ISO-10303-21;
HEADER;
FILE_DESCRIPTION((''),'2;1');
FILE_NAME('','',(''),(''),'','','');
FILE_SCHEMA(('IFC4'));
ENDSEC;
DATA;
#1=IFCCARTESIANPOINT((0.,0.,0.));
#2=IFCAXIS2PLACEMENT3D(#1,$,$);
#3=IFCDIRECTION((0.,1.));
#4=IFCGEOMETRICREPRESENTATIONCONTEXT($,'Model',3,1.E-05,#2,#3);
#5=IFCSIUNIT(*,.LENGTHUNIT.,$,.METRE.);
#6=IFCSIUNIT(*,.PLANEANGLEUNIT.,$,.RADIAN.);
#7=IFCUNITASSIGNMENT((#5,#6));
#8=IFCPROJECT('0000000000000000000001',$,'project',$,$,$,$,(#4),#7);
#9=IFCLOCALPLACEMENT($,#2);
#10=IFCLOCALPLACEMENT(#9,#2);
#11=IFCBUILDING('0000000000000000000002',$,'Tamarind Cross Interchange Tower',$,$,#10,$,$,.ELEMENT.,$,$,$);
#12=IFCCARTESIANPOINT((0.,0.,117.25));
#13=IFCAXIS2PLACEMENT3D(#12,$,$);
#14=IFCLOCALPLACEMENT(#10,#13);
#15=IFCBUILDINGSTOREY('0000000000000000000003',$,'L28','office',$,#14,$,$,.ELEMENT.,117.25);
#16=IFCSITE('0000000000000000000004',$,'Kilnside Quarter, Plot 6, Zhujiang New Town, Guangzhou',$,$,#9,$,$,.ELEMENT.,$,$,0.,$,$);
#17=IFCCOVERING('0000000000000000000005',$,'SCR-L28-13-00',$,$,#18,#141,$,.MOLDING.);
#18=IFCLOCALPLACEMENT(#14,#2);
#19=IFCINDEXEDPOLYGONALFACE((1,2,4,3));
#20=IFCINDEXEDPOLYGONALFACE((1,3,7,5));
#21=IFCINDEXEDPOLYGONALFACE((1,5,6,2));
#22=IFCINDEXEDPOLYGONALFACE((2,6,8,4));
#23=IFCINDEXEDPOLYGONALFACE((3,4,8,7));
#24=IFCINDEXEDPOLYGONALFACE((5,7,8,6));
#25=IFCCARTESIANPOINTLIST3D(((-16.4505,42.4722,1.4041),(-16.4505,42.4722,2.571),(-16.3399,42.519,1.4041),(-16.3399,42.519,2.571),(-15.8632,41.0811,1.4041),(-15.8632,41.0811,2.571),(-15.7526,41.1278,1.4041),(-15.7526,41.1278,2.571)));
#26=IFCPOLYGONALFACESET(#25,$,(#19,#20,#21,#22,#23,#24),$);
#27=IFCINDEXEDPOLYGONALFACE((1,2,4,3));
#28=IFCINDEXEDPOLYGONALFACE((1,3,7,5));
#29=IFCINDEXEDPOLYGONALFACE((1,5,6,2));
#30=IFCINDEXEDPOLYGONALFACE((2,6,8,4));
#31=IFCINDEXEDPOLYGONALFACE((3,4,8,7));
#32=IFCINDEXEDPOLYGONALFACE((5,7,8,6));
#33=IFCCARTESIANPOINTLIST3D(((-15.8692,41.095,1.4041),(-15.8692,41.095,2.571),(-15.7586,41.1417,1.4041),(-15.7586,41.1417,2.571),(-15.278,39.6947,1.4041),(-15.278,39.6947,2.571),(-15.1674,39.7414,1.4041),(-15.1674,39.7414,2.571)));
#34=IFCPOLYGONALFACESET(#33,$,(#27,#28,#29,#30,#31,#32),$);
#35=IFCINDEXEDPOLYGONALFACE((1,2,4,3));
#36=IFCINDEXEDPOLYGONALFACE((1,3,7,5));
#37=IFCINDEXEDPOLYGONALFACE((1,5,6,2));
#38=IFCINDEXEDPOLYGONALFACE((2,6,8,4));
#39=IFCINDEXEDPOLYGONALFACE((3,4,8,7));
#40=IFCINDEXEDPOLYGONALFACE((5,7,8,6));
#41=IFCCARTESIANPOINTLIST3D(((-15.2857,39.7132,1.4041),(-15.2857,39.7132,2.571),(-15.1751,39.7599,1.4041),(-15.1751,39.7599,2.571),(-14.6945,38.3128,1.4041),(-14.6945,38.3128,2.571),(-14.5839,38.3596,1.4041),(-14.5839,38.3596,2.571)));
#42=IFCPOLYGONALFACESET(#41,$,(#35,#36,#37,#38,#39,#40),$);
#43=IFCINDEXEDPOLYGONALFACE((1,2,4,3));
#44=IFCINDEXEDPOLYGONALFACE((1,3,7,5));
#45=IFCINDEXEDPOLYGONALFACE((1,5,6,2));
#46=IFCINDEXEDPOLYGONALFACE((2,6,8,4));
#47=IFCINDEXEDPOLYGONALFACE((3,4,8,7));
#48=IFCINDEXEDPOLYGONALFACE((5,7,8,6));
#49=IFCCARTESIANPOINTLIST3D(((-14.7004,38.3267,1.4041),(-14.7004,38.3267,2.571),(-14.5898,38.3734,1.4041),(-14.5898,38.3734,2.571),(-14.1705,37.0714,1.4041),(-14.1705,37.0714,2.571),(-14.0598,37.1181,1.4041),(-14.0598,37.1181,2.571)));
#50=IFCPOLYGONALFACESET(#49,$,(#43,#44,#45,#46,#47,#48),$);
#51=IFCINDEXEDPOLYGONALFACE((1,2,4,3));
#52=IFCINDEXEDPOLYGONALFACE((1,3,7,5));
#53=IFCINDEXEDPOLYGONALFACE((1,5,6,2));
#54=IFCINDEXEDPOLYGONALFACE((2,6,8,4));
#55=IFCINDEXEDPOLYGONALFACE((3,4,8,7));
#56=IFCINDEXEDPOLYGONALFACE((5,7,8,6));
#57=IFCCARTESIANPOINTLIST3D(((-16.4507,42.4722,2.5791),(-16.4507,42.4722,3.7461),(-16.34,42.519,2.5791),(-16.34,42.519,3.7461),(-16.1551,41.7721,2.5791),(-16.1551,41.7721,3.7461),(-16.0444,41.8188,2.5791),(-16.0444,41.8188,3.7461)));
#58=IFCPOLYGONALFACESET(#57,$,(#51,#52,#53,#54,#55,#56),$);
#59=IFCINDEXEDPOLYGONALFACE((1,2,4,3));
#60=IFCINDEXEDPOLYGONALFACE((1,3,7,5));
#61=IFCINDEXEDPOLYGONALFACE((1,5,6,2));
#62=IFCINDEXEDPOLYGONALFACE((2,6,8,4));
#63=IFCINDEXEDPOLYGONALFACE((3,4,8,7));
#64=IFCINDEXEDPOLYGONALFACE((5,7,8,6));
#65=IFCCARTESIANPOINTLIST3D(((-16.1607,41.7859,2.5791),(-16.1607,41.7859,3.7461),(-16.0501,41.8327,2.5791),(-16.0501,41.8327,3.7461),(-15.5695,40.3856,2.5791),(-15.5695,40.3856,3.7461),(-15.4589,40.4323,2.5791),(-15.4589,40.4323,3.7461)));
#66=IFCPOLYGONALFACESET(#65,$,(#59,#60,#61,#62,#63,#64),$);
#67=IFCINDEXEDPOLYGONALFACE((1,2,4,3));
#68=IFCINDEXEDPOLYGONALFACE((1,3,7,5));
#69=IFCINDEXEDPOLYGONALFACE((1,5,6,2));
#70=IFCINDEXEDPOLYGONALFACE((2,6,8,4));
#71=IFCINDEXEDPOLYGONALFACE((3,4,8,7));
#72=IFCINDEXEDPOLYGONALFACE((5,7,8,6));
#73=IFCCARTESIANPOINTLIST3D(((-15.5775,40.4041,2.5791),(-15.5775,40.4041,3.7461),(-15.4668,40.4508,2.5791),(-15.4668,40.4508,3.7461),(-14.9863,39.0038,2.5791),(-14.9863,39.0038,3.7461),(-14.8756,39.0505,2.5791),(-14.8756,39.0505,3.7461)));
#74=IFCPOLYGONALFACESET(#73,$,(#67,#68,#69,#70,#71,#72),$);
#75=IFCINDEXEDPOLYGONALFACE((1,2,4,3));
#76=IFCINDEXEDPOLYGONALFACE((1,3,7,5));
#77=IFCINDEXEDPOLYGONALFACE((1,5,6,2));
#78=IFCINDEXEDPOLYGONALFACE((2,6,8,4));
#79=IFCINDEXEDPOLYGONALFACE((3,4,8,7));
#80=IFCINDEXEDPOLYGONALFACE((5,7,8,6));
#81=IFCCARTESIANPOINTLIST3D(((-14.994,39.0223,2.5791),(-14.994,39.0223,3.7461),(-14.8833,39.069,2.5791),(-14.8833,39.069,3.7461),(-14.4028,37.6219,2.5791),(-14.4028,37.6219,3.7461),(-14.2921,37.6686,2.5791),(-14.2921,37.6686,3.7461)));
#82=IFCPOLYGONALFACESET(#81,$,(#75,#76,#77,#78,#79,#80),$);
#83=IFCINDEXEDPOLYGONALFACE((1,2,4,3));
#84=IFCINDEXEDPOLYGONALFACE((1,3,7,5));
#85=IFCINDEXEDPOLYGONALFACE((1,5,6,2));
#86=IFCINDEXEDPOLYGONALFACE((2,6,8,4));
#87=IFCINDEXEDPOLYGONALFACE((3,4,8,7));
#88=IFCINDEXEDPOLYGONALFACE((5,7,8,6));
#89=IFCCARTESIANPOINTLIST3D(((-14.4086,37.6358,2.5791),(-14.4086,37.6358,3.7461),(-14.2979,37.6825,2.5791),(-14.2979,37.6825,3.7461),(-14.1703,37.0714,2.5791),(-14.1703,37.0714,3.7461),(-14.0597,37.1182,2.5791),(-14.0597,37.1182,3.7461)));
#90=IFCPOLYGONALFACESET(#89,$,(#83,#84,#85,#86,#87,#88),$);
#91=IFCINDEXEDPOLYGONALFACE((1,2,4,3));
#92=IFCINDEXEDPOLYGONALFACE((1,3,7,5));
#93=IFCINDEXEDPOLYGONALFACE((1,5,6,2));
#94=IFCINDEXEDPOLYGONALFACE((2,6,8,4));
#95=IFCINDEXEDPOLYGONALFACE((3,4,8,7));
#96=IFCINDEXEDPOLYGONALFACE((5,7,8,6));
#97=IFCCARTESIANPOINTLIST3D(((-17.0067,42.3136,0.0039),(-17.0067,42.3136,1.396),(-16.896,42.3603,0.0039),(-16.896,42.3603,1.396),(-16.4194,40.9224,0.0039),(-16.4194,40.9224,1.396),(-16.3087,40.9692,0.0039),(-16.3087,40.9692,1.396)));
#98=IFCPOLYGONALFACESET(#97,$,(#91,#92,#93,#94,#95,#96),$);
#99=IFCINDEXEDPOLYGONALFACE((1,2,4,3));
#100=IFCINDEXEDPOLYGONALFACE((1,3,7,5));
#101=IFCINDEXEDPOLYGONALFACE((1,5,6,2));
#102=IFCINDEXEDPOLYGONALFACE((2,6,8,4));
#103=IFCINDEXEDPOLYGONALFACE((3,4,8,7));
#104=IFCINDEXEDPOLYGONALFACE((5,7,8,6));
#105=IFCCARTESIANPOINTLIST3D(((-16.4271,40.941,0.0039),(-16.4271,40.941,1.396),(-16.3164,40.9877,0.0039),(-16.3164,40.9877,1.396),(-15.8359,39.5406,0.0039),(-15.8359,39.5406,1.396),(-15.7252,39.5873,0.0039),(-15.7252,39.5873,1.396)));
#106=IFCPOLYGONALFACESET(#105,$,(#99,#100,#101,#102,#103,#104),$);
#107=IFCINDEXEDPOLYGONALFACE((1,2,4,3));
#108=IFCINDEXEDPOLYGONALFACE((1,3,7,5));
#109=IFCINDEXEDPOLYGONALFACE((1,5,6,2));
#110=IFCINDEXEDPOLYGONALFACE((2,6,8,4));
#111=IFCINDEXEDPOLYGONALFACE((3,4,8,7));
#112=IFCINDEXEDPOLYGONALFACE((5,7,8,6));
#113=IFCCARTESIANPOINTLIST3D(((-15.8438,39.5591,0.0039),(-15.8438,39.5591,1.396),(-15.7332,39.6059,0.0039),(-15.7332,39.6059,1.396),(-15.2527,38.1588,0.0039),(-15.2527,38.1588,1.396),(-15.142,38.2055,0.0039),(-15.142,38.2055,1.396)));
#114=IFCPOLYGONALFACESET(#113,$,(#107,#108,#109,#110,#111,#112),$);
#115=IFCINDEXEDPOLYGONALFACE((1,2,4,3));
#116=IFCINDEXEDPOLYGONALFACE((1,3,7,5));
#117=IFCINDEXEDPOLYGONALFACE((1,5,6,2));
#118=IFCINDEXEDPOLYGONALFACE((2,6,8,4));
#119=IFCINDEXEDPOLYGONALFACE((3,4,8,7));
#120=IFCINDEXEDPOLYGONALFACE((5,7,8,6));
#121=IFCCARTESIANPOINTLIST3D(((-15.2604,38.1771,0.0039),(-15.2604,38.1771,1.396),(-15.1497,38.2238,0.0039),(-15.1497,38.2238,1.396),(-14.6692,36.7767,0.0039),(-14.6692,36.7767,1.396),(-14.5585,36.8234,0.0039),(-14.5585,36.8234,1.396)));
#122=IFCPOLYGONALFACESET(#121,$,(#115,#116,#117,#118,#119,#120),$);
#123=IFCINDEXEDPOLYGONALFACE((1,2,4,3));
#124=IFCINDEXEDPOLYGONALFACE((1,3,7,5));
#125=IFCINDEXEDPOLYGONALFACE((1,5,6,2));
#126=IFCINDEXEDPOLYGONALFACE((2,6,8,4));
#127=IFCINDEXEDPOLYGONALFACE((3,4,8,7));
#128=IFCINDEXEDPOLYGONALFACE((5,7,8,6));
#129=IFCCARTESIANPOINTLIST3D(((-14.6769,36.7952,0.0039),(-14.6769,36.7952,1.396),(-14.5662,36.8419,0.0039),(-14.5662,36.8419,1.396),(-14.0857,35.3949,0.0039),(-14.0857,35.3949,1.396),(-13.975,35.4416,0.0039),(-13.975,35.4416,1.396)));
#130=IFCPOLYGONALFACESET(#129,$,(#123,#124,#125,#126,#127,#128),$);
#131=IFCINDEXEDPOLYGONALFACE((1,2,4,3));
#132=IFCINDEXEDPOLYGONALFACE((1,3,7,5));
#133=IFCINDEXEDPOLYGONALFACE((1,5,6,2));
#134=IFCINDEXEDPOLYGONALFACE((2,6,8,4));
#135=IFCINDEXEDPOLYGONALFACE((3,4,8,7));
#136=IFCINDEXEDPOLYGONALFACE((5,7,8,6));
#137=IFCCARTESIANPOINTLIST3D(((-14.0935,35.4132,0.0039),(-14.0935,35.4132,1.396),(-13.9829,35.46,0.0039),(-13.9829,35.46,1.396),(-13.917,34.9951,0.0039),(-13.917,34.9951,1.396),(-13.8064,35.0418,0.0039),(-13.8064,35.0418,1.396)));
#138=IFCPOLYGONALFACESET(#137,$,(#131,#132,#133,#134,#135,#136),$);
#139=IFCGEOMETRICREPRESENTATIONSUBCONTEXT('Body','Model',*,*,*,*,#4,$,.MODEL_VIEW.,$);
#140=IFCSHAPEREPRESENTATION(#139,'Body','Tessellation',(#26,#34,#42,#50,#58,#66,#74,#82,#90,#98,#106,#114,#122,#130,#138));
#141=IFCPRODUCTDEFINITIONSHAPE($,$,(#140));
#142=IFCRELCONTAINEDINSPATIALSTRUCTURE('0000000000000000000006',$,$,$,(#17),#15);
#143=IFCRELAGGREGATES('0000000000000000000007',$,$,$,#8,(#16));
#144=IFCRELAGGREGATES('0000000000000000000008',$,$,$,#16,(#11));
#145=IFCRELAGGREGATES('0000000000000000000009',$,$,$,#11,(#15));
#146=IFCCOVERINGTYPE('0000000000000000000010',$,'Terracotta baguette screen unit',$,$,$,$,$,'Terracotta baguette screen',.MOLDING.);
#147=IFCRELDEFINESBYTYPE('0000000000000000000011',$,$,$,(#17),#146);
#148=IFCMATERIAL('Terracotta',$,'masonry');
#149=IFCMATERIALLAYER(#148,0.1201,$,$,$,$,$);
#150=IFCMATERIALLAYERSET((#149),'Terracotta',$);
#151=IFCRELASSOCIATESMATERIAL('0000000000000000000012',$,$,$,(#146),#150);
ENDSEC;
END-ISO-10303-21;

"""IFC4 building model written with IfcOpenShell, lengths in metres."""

from ifc_helpers import new_model, si_unit, direction, frame, origin, origin_2d, place, context, subcontext, project, spatial, rectangle, extrude, material, layer, layer_set, type_object, element, save


model = new_model("IFC4")

# Units and contexts
model_context = context("Model", 3, precision=1e-05, world=origin(), true_north=direction((0.0, 1.0)))
body_context = subcontext(model_context, "Body", "Model", "MODEL_VIEW")
ifc_project = project(units=[si_unit("LENGTHUNIT", "METRE"), si_unit("PLANEANGLEUNIT", "RADIAN")], contexts=[model_context])

# Site, building, storey
site_placement = place(None, origin())
site = spatial("IfcSite", under=ifc_project, at=site_placement, Name="Kilnside Quarter, Plot 6, Zhujiang New Town, Guangzhou", CompositionType="ELEMENT", RefElevation=0.0)
building_placement = place(site_placement, origin())
building = spatial("IfcBuilding", under=site, at=building_placement, Name="Tamarind Cross Interchange Tower", CompositionType="ELEMENT")
storey_placement = place(building_placement, frame((0.0, 0.0, 117.25)))
storey = spatial("IfcBuildingStorey", under=building, at=storey_placement, Name="L28", Description="office", CompositionType="ELEMENT", Elevation=117.25)

# Covering
ifc_material_1 = material(Name="Terracotta", Category="masonry")
ifc_layer_1 = layer(ifc_material_1, 0.1201)
ifc_layer_set_1 = layer_set([ifc_layer_1], Name="Terracotta")
covering_type = type_object("IfcCoveringType", Name="Terracotta baguette screen unit", ElementType="Terracotta baguette screen", PredefinedType="MOLDING", material=ifc_layer_set_1)
covering_1_placement = place(storey_placement, origin())
element("IfcCovering", 1, at=covering_1_placement, inside=storey, type_object=covering_type, Name="SCR-L28-13-00", PredefinedType="MOLDING", context=body_context, shape_type="SweptSolid", body=[
    extrude(rectangle(XDim=1.51, YDim=0.1201, at=origin_2d()), frame((-16.1016, 41.8, 1.4041), z_axis=(0.0, 0.0, 1.0), x_axis=(0.388939, -0.921264, 0.0)), (0.0, 0.0, 1.0), 1.167),
    extrude(rectangle(XDim=1.52, YDim=0.1201, at=origin_2d()), frame((-15.5183, 40.4182, 1.4041), z_axis=(0.0, 0.0, 1.0), x_axis=(0.388939, -0.921264, 0.0)), (0.0, 0.0, 1.0), 1.167),
    extrude(rectangle(XDim=1.52, YDim=0.1201, at=origin_2d()), frame((-14.9348, 39.0364, 1.4041), z_axis=(0.0, 0.0, 1.0), x_axis=(0.388939, -0.921264, 0.0)), (0.0, 0.0, 1.0), 1.167),
    extrude(rectangle(XDim=1.3625, YDim=0.1201, at=origin_2d()), frame((-14.3801, 37.7224, 1.4041), z_axis=(0.0, 0.0, 1.0), x_axis=(0.388939, -0.921264, 0.0)), (0.0, 0.0, 1.0), 1.167),
    extrude(rectangle(XDim=0.76, YDim=0.1201, at=origin_2d()), frame((-16.2476, 42.1455, 2.5791), z_axis=(0.0, 0.0, 1.0), x_axis=(0.388939, -0.921264, 0.0)), (0.0, 0.0, 1.0), 1.167),
    extrude(rectangle(XDim=1.52, YDim=0.1201, at=origin_2d()), frame((-15.8098, 41.1091, 2.5791), z_axis=(0.0, 0.0, 1.0), x_axis=(0.388939, -0.921264, 0.0)), (0.0, 0.0, 1.0), 1.167),
    extrude(rectangle(XDim=1.52, YDim=0.1201, at=origin_2d()), frame((-15.2266, 39.7273, 2.5791), z_axis=(0.0, 0.0, 1.0), x_axis=(0.388939, -0.921264, 0.0)), (0.0, 0.0, 1.0), 1.167),
    extrude(rectangle(XDim=1.52, YDim=0.1201, at=origin_2d()), frame((-14.6431, 38.3455, 2.5791), z_axis=(0.0, 0.0, 1.0), x_axis=(0.388939, -0.921264, 0.0)), (0.0, 0.0, 1.0), 1.167),
    extrude(rectangle(XDim=0.6125, YDim=0.1201, at=origin_2d()), frame((-14.2341, 37.377, 2.5791), z_axis=(0.0, 0.0, 1.0), x_axis=(0.388939, -0.921264, 0.0)), (0.0, 0.0, 1.0), 1.167),
    extrude(rectangle(XDim=1.51, YDim=0.1201, at=origin_2d()), frame((-16.6577, 41.6414, 0.0039), z_axis=(0.0, 0.0, 1.0), x_axis=(0.388939, -0.921264, 0.0)), (0.0, 0.0, 1.0), 1.3921),
    extrude(rectangle(XDim=1.52, YDim=0.1201, at=origin_2d()), frame((-16.0762, 40.2642, 0.0039), z_axis=(0.0, 0.0, 1.0), x_axis=(0.388939, -0.921264, 0.0)), (0.0, 0.0, 1.0), 1.3921),
    extrude(rectangle(XDim=1.52, YDim=0.1201, at=origin_2d()), frame((-15.4929, 38.8823, 0.0039), z_axis=(0.0, 0.0, 1.0), x_axis=(0.388939, -0.921264, 0.0)), (0.0, 0.0, 1.0), 1.3921),
    extrude(rectangle(XDim=1.52, YDim=0.1201, at=origin_2d()), frame((-14.9094, 37.5002, 0.0039), z_axis=(0.0, 0.0, 1.0), x_axis=(0.388939, -0.921264, 0.0)), (0.0, 0.0, 1.0), 1.3921),
    extrude(rectangle(XDim=1.52, YDim=0.1201, at=origin_2d()), frame((-14.3259, 36.1184, 0.0039), z_axis=(0.0, 0.0, 1.0), x_axis=(0.388939, -0.921264, 0.0)), (0.0, 0.0, 1.0), 1.3921),
    extrude(rectangle(XDim=0.4539, YDim=0.1201, at=origin_2d()), frame((-13.95, 35.2275, 0.0039), z_axis=(0.0, 0.0, 1.0), x_axis=(0.388939, -0.921264, 0.0)), (0.0, 0.0, 1.0), 1.3921),
])

save(model, "model.ifc")
